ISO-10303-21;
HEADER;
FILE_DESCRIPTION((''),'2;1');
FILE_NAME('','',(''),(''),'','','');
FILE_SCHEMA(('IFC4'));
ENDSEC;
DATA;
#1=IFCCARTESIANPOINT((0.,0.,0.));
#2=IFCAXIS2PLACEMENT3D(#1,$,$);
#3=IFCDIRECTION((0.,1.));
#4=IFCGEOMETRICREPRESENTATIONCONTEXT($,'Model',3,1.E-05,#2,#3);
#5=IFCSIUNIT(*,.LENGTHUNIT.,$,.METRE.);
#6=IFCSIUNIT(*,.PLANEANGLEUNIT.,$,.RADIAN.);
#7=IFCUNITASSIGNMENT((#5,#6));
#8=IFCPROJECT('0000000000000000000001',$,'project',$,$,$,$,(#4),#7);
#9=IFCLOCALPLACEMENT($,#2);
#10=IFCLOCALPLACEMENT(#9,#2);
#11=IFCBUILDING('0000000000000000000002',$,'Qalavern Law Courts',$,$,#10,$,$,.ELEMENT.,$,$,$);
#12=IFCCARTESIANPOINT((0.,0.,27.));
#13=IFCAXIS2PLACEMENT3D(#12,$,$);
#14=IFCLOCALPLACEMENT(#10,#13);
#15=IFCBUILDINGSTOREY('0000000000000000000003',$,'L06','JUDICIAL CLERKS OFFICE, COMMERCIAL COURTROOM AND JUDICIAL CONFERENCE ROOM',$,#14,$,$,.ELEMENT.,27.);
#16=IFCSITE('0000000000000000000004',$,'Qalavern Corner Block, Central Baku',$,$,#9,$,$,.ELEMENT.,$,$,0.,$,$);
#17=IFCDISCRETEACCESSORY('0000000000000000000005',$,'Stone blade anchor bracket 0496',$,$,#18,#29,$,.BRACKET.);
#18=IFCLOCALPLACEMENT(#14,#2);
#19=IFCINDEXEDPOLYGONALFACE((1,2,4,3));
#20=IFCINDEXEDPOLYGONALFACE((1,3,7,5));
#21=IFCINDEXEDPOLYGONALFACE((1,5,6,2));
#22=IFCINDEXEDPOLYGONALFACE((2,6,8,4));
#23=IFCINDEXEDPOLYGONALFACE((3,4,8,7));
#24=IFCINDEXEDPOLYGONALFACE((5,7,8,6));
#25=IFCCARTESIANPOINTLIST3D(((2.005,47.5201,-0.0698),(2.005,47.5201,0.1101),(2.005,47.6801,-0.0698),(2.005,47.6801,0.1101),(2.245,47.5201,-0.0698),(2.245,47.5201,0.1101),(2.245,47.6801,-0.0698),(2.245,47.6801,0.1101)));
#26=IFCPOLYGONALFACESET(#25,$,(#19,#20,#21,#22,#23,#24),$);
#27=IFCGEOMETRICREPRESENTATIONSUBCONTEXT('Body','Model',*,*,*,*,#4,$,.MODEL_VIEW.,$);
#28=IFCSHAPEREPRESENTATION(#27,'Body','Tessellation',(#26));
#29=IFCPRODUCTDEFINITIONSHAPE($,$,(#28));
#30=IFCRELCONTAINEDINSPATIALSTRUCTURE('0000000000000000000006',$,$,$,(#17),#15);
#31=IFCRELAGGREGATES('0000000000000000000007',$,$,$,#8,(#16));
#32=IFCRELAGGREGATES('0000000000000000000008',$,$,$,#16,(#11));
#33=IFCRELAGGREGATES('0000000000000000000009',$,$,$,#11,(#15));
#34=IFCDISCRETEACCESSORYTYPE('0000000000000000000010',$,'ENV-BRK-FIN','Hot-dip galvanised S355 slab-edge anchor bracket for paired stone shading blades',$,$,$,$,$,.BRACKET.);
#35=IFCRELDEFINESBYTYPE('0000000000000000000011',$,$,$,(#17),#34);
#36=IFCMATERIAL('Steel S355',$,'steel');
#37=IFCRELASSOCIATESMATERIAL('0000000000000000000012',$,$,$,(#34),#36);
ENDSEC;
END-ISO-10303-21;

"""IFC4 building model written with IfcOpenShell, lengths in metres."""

from ifc_helpers import new_model, si_unit, direction, frame, origin, origin_2d, place, context, subcontext, project, spatial, rectangle, extrude, material, type_object, element, save


model = new_model("IFC4")

# Units and contexts
model_context = context("Model", 3, precision=1e-05, world=origin(), true_north=direction((0.0, 1.0)))
body_context = subcontext(model_context, "Body", "Model", "MODEL_VIEW")
ifc_project = project(units=[si_unit("LENGTHUNIT", "METRE"), si_unit("PLANEANGLEUNIT", "RADIAN")], contexts=[model_context])

# Site, building, storey
site_placement = place(None, origin())
site = spatial("IfcSite", under=ifc_project, at=site_placement, Name="Qalavern Corner Block, Central Baku", CompositionType="ELEMENT", RefElevation=0.0)
building_placement = place(site_placement, origin())
building = spatial("IfcBuilding", under=site, at=building_placement, Name="Qalavern Law Courts", CompositionType="ELEMENT")
storey_placement = place(building_placement, frame((0.0, 0.0, 27.0)))
storey = spatial("IfcBuildingStorey", under=building, at=storey_placement, Name="L06", Description="JUDICIAL CLERKS OFFICE, COMMERCIAL COURTROOM AND JUDICIAL CONFERENCE ROOM", CompositionType="ELEMENT", Elevation=27.0)

# Shared definitions
ifc_material_1 = material(Name="Steel S355", Category="steel")

# Discrete accessory
discrete_accessory_type = type_object("IfcDiscreteAccessoryType", Name="ENV-BRK-FIN", Description="Hot-dip galvanised S355 slab-edge anchor bracket for paired stone shading blades", PredefinedType="BRACKET", material=ifc_material_1)
for number, where, z_axis, x_axis, name in (
    (1, (2.125, 47.6001, -0.0698), (0.0, 0.0, 1.0), (-1.0, 0.0, 0.0), "Stone blade anchor bracket 0496"),
):
    element("IfcDiscreteAccessory", number, at=place(storey_placement, frame(where, z_axis=z_axis, x_axis=x_axis)), inside=storey, type_object=discrete_accessory_type, Name=name, PredefinedType="BRACKET", context=body_context, shape_type="SweptSolid", body=[
        extrude(rectangle(XDim=0.24, YDim=0.1599, at=origin_2d()), origin(), (0.0, 0.0, 1.0), 0.1799),
    ])

save(model, "model.ifc")
